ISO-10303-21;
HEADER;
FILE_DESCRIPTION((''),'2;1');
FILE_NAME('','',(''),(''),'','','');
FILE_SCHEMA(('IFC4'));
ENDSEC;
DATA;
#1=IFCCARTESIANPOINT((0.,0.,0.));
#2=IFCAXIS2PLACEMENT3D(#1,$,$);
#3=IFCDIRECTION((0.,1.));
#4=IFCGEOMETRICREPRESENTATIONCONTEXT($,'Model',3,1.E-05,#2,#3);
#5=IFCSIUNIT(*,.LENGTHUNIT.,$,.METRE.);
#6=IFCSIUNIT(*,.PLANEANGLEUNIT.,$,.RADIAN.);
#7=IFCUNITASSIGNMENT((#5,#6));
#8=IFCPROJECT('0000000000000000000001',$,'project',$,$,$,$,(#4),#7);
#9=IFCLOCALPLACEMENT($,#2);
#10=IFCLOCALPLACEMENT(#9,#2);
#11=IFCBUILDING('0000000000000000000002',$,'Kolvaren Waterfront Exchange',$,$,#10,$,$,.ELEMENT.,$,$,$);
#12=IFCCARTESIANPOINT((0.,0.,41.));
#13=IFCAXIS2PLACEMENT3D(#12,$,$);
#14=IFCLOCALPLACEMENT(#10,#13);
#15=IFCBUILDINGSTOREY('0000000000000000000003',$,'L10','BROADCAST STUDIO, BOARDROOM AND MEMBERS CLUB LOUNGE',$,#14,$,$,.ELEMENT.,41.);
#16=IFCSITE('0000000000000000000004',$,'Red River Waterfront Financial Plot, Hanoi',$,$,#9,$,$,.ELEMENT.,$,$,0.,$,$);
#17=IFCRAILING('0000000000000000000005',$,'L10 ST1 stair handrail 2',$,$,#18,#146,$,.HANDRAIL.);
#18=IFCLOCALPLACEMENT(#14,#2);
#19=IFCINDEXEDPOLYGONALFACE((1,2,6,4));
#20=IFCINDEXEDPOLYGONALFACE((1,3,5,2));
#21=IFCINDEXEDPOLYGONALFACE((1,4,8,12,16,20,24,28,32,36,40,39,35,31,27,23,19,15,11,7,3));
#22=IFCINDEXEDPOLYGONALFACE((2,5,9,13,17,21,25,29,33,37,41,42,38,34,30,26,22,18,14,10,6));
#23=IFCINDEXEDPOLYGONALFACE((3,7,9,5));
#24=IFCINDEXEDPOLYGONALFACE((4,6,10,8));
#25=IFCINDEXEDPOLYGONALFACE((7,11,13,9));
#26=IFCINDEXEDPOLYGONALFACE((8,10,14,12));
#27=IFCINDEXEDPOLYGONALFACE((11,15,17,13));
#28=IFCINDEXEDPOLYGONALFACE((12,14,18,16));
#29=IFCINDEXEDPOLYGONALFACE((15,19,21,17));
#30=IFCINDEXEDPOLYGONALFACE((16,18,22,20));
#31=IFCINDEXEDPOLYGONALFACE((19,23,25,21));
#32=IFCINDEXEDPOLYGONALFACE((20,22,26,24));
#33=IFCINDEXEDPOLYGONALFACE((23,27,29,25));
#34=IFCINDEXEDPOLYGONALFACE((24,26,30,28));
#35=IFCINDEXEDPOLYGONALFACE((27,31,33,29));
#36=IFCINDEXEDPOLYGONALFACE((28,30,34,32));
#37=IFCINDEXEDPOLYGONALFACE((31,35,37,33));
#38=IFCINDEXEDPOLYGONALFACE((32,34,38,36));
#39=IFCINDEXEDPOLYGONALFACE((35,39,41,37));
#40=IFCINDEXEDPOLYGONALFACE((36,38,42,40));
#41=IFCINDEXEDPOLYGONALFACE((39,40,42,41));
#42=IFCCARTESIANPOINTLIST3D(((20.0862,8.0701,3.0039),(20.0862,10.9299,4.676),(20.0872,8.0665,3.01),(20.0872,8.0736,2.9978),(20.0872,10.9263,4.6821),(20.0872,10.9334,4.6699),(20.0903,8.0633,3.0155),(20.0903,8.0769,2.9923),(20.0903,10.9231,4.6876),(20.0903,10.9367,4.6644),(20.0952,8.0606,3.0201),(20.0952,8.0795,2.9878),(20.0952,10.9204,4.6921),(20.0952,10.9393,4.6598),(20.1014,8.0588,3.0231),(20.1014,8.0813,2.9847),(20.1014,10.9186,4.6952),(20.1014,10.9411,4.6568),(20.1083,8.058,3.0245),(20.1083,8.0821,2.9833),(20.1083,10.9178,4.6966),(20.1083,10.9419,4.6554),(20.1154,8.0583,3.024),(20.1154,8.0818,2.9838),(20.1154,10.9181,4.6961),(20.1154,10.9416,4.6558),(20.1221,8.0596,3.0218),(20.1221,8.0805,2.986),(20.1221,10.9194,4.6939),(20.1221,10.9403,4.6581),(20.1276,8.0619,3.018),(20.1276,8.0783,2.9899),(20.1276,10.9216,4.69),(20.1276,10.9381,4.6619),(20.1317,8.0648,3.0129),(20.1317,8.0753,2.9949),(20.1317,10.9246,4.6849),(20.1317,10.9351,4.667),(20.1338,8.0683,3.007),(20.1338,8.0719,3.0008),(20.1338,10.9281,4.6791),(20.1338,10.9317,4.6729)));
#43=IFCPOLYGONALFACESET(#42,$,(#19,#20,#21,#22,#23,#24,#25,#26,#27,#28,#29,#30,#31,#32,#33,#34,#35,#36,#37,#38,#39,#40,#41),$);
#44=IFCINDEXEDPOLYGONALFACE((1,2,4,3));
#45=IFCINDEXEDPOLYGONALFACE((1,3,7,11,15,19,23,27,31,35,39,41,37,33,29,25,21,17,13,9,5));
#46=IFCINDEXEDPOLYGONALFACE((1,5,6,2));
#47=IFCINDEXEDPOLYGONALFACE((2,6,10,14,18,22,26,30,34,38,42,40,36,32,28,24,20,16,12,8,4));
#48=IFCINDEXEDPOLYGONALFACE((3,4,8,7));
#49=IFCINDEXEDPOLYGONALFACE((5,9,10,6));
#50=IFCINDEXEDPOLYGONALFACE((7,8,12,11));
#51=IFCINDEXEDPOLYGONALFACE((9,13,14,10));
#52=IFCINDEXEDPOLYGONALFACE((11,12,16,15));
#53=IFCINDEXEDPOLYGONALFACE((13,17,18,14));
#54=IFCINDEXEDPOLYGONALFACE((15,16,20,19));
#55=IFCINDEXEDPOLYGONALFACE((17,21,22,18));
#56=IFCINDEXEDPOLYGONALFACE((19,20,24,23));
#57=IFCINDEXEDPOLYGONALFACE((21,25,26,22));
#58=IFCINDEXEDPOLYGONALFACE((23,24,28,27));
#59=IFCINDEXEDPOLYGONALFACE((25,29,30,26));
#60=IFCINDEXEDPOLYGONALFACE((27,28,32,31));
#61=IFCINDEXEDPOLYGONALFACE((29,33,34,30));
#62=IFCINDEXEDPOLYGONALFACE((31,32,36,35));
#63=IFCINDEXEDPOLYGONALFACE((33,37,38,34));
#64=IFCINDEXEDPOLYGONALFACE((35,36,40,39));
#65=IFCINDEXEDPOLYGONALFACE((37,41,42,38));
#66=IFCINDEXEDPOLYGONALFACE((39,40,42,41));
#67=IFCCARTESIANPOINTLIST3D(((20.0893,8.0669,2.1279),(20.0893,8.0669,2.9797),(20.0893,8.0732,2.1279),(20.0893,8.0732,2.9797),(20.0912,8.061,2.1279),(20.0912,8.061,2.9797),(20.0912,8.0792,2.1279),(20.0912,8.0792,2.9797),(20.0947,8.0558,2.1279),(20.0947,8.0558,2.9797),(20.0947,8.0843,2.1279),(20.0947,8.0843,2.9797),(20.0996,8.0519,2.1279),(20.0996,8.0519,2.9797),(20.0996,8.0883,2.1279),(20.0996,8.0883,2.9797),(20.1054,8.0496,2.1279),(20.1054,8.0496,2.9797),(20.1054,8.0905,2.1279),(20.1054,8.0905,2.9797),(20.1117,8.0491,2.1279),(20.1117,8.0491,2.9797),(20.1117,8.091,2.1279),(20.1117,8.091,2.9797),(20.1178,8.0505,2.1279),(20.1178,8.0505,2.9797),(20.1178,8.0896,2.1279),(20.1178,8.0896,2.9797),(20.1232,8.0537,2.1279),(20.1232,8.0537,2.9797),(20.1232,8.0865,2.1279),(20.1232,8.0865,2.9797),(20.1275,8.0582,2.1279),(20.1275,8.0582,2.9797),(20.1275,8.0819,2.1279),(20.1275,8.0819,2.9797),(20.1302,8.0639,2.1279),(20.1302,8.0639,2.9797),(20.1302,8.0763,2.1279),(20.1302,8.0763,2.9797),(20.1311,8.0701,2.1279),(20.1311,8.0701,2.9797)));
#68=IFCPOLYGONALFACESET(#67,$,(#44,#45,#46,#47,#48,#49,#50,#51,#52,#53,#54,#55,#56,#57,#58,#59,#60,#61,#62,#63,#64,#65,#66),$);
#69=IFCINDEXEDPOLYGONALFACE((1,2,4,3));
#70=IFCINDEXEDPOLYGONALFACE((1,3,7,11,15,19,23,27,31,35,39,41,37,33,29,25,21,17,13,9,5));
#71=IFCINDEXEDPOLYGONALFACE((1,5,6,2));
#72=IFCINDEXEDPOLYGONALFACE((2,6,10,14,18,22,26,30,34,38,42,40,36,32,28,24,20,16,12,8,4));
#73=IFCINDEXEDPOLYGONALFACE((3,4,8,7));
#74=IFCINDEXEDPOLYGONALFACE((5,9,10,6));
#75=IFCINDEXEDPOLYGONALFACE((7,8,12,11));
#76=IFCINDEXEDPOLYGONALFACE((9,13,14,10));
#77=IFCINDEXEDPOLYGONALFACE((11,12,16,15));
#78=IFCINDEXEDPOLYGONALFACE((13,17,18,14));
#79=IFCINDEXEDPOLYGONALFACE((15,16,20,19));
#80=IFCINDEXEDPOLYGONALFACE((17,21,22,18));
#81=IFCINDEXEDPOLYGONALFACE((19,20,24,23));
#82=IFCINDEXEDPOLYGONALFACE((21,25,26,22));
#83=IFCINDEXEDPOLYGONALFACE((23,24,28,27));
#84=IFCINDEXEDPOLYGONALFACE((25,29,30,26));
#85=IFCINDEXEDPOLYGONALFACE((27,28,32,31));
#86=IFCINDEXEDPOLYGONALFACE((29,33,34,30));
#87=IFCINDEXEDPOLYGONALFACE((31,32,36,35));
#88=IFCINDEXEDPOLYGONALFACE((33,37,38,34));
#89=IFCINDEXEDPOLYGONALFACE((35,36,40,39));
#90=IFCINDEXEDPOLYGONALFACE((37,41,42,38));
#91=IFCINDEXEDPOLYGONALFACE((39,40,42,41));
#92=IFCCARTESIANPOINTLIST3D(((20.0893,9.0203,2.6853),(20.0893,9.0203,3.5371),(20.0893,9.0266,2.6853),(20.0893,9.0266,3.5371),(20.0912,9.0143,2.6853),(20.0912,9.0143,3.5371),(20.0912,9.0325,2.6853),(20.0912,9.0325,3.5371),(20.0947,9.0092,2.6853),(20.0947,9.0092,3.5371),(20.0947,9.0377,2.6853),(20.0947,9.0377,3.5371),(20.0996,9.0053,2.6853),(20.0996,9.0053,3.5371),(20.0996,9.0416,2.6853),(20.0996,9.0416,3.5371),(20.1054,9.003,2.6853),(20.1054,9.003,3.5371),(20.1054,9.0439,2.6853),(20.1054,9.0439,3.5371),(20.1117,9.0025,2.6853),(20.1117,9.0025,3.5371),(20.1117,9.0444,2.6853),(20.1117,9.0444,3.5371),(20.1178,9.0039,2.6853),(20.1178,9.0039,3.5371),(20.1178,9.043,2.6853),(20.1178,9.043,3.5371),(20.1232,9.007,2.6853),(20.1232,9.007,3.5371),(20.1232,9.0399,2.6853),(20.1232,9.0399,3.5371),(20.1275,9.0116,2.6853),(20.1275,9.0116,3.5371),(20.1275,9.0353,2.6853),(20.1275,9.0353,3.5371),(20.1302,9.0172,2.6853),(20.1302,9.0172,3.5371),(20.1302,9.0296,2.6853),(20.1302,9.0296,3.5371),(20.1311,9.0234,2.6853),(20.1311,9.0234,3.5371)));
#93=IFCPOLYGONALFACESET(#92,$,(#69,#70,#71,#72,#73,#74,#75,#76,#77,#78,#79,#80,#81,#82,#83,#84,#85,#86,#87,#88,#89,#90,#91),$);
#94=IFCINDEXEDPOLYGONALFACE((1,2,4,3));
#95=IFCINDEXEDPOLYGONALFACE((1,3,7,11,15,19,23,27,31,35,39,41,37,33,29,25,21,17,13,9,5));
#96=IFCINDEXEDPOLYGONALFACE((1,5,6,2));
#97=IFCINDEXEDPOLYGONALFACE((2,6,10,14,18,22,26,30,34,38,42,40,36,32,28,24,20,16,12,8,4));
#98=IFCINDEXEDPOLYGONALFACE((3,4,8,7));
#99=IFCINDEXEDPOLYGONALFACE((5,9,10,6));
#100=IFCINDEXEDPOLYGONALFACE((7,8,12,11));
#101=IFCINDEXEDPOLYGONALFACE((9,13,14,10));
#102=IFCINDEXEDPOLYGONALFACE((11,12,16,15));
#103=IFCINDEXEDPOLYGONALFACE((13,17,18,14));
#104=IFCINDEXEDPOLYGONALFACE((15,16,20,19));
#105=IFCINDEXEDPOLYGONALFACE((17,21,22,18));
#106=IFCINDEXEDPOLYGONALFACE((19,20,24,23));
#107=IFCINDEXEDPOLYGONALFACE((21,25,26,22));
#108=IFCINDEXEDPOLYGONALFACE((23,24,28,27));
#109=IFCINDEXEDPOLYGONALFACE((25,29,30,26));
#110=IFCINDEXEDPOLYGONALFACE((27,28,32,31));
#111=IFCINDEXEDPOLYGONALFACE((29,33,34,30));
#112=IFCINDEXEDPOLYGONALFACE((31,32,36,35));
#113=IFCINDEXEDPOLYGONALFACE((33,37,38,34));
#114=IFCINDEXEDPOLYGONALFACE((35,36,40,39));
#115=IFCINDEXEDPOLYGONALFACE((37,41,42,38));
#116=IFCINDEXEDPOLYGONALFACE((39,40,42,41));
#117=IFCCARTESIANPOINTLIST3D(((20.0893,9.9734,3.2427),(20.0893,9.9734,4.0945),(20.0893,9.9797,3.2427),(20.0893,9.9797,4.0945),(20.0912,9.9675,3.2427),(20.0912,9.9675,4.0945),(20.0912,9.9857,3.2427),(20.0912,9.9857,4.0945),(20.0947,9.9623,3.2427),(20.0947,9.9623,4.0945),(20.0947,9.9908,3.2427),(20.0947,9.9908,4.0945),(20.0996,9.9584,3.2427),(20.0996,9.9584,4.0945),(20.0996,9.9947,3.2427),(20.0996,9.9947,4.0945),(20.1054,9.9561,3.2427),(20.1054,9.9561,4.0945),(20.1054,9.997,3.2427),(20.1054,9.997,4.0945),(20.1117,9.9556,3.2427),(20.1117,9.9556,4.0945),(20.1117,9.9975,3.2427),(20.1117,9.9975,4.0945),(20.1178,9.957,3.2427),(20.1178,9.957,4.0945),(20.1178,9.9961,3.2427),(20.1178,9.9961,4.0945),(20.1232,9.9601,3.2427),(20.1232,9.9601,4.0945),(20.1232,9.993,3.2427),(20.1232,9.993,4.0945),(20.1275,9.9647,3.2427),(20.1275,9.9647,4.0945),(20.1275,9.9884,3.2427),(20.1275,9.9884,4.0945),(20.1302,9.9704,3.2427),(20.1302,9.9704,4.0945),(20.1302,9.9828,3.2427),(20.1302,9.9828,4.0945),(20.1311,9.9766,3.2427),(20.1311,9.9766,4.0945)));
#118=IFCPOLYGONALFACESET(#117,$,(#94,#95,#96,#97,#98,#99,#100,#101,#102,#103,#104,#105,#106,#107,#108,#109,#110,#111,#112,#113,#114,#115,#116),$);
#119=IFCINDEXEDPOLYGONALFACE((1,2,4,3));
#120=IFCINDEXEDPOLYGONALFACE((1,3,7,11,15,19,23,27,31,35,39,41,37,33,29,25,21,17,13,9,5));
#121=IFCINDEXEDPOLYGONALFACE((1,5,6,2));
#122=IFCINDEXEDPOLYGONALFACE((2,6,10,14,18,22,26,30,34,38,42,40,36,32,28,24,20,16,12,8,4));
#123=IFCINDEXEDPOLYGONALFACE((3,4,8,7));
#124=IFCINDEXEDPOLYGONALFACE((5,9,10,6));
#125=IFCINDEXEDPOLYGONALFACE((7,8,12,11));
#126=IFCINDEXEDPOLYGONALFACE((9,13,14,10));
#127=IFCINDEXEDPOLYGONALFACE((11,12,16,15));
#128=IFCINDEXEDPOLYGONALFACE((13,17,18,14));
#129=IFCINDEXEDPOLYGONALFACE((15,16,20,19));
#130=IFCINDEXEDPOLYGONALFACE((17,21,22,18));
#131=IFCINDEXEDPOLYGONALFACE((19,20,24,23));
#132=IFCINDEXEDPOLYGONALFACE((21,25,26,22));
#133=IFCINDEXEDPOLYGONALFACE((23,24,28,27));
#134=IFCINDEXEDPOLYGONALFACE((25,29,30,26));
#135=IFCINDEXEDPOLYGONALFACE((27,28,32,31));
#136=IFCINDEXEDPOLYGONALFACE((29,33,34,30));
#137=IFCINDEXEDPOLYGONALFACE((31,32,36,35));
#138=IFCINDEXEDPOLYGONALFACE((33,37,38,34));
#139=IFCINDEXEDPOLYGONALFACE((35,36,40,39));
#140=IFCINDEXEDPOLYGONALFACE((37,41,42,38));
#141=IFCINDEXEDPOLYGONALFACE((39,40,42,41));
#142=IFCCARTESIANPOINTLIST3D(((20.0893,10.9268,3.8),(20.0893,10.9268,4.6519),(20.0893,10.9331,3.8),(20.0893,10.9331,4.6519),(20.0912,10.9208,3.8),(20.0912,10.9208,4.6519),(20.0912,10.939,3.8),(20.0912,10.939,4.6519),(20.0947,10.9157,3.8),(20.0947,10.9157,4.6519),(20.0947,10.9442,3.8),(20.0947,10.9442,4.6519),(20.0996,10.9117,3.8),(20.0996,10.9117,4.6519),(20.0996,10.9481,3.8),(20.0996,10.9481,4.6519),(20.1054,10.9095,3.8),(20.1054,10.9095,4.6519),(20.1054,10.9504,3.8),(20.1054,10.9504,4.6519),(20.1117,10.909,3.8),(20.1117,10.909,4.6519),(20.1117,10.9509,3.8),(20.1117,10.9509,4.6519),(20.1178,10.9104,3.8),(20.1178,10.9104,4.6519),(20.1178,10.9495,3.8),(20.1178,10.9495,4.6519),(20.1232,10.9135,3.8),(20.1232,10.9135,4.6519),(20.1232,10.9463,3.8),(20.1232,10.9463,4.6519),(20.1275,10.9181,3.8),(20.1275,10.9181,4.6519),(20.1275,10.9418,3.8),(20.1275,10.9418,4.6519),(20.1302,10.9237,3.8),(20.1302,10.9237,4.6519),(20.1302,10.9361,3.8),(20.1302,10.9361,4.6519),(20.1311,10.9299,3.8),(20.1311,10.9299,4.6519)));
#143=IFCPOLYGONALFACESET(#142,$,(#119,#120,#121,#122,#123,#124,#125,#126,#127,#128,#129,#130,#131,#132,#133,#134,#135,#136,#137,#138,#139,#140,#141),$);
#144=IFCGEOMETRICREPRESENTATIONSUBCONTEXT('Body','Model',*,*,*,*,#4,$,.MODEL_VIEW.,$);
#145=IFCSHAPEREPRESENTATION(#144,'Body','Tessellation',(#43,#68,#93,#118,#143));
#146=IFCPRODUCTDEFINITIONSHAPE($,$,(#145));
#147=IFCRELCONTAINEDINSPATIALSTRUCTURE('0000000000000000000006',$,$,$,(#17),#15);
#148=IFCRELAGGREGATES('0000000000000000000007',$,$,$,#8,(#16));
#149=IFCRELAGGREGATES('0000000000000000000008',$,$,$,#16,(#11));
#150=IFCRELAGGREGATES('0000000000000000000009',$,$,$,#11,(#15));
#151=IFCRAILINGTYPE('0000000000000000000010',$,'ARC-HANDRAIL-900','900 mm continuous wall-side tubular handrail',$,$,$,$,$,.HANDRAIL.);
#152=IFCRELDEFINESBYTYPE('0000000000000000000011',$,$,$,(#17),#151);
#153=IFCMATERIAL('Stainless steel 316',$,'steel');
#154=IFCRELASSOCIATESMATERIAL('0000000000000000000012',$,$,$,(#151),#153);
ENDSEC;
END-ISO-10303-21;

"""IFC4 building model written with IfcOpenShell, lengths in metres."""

from ifc_helpers import new_model, si_unit, direction, frame, origin, origin_2d, place, context, subcontext, project, spatial, circle, extrude, material, type_object, element, save


model = new_model("IFC4")

# Units and contexts
model_context = context("Model", 3, precision=1e-05, world=origin(), true_north=direction((0.0, 1.0)))
body_context = subcontext(model_context, "Body", "Model", "MODEL_VIEW")
ifc_project = project(units=[si_unit("LENGTHUNIT", "METRE"), si_unit("PLANEANGLEUNIT", "RADIAN")], contexts=[model_context])

# Site, building, storey
site_placement = place(None, origin())
site = spatial("IfcSite", under=ifc_project, at=site_placement, Name="Red River Waterfront Financial Plot, Hanoi", CompositionType="ELEMENT", RefElevation=0.0)
building_placement = place(site_placement, origin())
building = spatial("IfcBuilding", under=site, at=building_placement, Name="Kolvaren Waterfront Exchange", CompositionType="ELEMENT")
storey_placement = place(building_placement, frame((0.0, 0.0, 41.0)))
storey = spatial("IfcBuildingStorey", under=building, at=storey_placement, Name="L10", Description="BROADCAST STUDIO, BOARDROOM AND MEMBERS CLUB LOUNGE", CompositionType="ELEMENT", Elevation=41.0)

# Railing
ifc_material_1 = material(Name="Stainless steel 316", Category="steel")
railing_type_1 = type_object("IfcRailingType", Name="ARC-HANDRAIL-900", Description="900 mm continuous wall-side tubular handrail", PredefinedType="HANDRAIL", material=ifc_material_1)
railing_1_placement = place(storey_placement, frame((20.1101, 8.0701, 2.1279)))
element("IfcRailing", 1, at=railing_1_placement, inside=storey, type_object=railing_type_1, Name="L10 ST1 stair handrail 2", PredefinedType="HANDRAIL", context=body_context, shape_type="SweptSolid", body=[
    extrude(circle(Radius=0.0239, at=origin_2d()), frame((0.0, 0.0, 0.876), z_axis=(0.0, 0.863271, 0.504741), x_axis=(-1.0, 0.0, 0.0)), (0.0, 0.0, 1.0), 3.3127),
    extrude(circle(Radius=0.021, at=origin_2d()), origin(), (0.0, 0.0, 1.0), 0.8518),
    extrude(circle(Radius=0.021, at=origin_2d()), frame((0.0, 0.9534, 0.5574)), (0.0, 0.0, 1.0), 0.8518),
    extrude(circle(Radius=0.021, at=origin_2d()), frame((0.0, 1.9065, 1.1147)), (0.0, 0.0, 1.0), 0.8518),
    extrude(circle(Radius=0.021, at=origin_2d()), frame((0.0, 2.8599, 1.6721)), (0.0, 0.0, 1.0), 0.8518),
])

save(model, "model.ifc")
